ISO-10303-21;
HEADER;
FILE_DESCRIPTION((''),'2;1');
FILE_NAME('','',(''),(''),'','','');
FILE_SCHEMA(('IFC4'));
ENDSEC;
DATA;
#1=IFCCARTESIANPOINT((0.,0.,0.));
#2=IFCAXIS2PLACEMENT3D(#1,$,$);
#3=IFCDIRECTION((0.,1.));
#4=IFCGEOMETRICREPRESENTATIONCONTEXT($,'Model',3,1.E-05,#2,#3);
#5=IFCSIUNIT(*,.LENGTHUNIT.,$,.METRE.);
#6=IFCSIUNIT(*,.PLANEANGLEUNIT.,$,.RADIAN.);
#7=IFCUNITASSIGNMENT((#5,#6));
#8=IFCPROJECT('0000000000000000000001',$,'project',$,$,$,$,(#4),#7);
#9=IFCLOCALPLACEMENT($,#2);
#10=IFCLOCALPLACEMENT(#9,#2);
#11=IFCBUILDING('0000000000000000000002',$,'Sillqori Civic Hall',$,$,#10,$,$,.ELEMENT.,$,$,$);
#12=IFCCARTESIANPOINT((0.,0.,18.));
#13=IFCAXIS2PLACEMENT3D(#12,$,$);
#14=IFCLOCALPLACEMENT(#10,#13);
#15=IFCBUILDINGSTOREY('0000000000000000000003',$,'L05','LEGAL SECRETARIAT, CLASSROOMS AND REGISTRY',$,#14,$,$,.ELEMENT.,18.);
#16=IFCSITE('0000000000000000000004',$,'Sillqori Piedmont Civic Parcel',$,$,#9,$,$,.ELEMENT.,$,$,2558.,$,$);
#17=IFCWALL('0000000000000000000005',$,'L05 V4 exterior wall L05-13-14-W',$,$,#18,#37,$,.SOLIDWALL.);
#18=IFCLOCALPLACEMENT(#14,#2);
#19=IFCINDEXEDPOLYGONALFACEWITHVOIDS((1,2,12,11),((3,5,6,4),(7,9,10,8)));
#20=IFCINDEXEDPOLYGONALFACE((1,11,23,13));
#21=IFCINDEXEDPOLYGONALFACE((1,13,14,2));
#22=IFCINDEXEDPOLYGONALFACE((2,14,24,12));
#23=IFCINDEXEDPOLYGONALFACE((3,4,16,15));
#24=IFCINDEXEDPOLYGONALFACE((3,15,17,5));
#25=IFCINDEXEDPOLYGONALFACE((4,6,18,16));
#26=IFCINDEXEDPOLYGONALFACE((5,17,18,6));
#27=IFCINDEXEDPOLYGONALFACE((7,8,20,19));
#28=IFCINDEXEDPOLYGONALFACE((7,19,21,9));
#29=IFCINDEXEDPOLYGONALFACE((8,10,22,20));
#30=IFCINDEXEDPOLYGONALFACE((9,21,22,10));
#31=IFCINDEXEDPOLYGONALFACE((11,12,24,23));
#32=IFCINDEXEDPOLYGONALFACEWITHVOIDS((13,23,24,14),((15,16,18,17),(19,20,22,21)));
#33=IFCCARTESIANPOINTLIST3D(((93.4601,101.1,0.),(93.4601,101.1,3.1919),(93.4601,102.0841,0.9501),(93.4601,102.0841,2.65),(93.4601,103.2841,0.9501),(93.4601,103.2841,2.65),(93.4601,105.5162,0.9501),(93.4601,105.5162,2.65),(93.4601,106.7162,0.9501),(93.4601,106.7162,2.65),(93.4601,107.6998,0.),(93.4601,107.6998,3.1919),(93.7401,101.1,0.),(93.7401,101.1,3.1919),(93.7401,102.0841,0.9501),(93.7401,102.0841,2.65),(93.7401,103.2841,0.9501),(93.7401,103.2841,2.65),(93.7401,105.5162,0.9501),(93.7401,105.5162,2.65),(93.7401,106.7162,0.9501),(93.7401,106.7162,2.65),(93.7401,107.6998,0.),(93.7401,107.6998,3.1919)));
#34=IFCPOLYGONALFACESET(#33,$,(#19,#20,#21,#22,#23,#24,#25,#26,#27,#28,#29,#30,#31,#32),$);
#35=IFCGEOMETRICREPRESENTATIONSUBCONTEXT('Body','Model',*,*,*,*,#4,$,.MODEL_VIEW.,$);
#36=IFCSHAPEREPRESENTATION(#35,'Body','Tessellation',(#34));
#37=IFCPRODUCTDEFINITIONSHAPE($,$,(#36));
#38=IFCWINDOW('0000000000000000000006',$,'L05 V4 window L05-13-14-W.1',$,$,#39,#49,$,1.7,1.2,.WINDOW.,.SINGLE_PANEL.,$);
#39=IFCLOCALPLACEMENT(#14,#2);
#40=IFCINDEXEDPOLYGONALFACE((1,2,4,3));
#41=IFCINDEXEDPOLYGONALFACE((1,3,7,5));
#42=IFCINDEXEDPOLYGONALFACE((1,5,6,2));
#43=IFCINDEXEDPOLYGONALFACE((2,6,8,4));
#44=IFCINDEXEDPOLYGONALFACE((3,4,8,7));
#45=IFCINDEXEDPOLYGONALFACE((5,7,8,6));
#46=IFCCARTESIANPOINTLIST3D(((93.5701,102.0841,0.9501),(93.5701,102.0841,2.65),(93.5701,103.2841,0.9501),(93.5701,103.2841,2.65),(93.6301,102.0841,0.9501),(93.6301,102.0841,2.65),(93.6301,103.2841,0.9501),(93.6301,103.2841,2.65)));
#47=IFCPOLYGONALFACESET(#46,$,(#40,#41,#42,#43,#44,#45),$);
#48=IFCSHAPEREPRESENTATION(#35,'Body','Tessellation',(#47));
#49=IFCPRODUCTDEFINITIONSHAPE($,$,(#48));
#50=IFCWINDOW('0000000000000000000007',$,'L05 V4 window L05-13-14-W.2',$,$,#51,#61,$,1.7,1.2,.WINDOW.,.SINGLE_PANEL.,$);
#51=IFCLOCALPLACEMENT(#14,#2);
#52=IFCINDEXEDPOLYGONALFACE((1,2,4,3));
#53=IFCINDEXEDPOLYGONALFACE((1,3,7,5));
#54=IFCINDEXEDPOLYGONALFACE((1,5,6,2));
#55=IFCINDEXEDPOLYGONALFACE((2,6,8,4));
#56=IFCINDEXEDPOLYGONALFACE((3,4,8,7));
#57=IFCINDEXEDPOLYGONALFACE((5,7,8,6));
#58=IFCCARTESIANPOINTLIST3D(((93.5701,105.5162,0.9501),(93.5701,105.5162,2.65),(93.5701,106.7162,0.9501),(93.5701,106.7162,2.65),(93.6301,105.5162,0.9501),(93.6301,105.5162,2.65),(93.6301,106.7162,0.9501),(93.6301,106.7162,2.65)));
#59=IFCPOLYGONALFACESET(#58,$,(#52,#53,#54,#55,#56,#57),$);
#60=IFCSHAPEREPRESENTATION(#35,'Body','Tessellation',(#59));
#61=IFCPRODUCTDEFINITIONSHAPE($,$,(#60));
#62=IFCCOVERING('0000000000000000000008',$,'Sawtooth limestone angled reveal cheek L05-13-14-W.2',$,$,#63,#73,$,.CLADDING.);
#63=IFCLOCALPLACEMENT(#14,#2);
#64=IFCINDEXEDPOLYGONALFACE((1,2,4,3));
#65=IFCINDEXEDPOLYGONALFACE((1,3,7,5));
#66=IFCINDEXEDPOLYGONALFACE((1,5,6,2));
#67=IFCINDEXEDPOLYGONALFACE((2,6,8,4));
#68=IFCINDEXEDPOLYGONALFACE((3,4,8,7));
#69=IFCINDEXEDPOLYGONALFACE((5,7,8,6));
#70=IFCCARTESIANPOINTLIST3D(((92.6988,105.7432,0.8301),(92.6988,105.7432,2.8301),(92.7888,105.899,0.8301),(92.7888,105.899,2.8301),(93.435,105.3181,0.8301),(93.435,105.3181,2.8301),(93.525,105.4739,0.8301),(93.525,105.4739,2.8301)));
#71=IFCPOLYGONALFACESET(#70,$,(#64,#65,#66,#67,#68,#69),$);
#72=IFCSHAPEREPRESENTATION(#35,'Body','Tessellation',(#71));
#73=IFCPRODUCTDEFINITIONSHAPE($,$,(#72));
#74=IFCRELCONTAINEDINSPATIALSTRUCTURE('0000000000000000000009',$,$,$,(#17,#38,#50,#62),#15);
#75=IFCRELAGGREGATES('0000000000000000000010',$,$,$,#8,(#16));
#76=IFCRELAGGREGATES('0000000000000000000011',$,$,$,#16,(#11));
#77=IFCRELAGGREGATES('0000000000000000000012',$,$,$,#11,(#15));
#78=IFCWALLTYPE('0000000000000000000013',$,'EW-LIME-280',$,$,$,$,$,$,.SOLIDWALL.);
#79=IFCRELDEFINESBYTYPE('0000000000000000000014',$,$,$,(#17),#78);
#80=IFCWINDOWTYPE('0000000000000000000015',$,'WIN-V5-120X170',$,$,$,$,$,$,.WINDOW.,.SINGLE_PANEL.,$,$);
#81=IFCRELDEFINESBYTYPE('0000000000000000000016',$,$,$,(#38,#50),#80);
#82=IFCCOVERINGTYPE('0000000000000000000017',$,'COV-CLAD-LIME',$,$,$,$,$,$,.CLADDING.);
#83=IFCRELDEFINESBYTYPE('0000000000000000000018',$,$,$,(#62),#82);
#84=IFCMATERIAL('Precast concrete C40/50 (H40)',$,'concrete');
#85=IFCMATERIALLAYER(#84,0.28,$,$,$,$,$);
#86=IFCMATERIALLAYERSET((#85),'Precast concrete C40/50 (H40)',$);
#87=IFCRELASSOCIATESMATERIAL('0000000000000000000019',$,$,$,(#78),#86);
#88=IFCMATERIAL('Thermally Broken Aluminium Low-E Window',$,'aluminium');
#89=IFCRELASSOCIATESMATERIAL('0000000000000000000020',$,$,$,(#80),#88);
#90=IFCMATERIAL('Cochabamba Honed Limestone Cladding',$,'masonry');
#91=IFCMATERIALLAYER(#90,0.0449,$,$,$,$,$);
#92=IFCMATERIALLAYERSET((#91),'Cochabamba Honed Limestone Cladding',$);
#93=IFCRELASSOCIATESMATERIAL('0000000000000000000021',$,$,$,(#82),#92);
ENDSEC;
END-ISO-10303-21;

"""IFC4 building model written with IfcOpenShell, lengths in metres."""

from ifc_helpers import new_model, si_unit, direction, frame, frame_2d, origin, place, context, subcontext, project, spatial, rectangle, extrude, material, layer, layer_set, type_object, element, fill, save


model = new_model("IFC4")

# Units and contexts
model_context = context("Model", 3, precision=1e-05, world=origin(), true_north=direction((0.0, 1.0)))
body_context = subcontext(model_context, "Body", "Model", "MODEL_VIEW")
ifc_project = project(units=[si_unit("LENGTHUNIT", "METRE"), si_unit("PLANEANGLEUNIT", "RADIAN")], contexts=[model_context])

# Site, building, storey
site_placement = place(None, origin())
site = spatial("IfcSite", under=ifc_project, at=site_placement, Name="Sillqori Piedmont Civic Parcel", CompositionType="ELEMENT", RefElevation=2558.0)
building_placement = place(site_placement, origin())
building = spatial("IfcBuilding", under=site, at=building_placement, Name="Sillqori Civic Hall", CompositionType="ELEMENT")
storey_placement = place(building_placement, frame((0.0, 0.0, 18.0)))
storey = spatial("IfcBuildingStorey", under=building, at=storey_placement, Name="L05", Description="LEGAL SECRETARIAT, CLASSROOMS AND REGISTRY", CompositionType="ELEMENT", Elevation=18.0)

# Wall, openings, windows
ifc_material_1 = material(Name="Precast concrete C40/50 (H40)", Category="concrete")
ifc_layer_1 = layer(ifc_material_1, 0.28)
ifc_layer_set_1 = layer_set([ifc_layer_1], Name="Precast concrete C40/50 (H40)")
wall_type = type_object("IfcWallType", Name="EW-LIME-280", PredefinedType="SOLIDWALL", material=ifc_layer_set_1)
wall_placement = place(storey_placement, frame((93.6001, 101.1001, 0.0), z_axis=(0.0, 0.0, 1.0), x_axis=(0.0, 1.0, 0.0)))
wall = element("IfcWall", 1, at=wall_placement, inside=storey, type_object=wall_type, Name="L05 V4 exterior wall L05-13-14-W", PredefinedType="SOLIDWALL", context=body_context, shape_type="SweptSolid", body=[
    extrude(rectangle(XDim=6.5999, YDim=0.28, at=frame_2d((3.2998, 0.0))), origin(), (0.0, 0.0, 1.0), 3.1919),
])
opening_1_placement = place(wall_placement, frame((0.9839, 0.0, 0.95)))
opening_1 = element("IfcOpeningElement", 2, at=opening_1_placement, cuts=wall, PredefinedType="OPENING", context=body_context, shape_type="SweptSolid", body=[
    extrude(rectangle(XDim=1.2, YDim=1.7, at=frame_2d((0.6001, 0.8501))), frame((0.0, 0.1499, 0.0), z_axis=(0.0, -1.0, 0.0), x_axis=(1.0, 0.0, 0.0)), (0.0, 0.0, 1.0), 0.3),
])
opening_2_placement = place(wall_placement, frame((4.416, 0.0, 0.95)))
opening_2 = element("IfcOpeningElement", 3, at=opening_2_placement, cuts=wall, PredefinedType="OPENING", context=body_context, shape_type="SweptSolid", body=[
    extrude(rectangle(XDim=1.2, YDim=1.7, at=frame_2d((0.6001, 0.8501))), frame((0.0, 0.1499, 0.0), z_axis=(0.0, -1.0, 0.0), x_axis=(1.0, 0.0, 0.0)), (0.0, 0.0, 1.0), 0.3),
])
ifc_material_2 = material(Name="Thermally Broken Aluminium Low-E Window", Category="aluminium")
window_type = type_object("IfcWindowType", Name="WIN-V5-120X170", PartitioningType="SINGLE_PANEL", PredefinedType="WINDOW", material=ifc_material_2)
window_1_placement = place(opening_1_placement, origin())
window_1 = element("IfcWindow", 4, at=window_1_placement, inside=storey, type_object=window_type, Name="L05 V4 window L05-13-14-W.1", OverallHeight=1.7, OverallWidth=1.2, PartitioningType="SINGLE_PANEL", PredefinedType="WINDOW", context=body_context, shape_type="SweptSolid", body=[
    extrude(rectangle(XDim=1.2, YDim=1.7, at=frame_2d((0.6001, 0.8501))), frame((0.0, 0.03, 0.0), z_axis=(0.0, -1.0, 0.0), x_axis=(1.0, 0.0, 0.0)), (0.0, 0.0, 1.0), 0.0601),
])
fill(opening_1, window_1)
window_2_placement = place(opening_2_placement, origin())
window_2 = element("IfcWindow", 5, at=window_2_placement, inside=storey, type_object=window_type, Name="L05 V4 window L05-13-14-W.2", OverallHeight=1.7, OverallWidth=1.2, PartitioningType="SINGLE_PANEL", PredefinedType="WINDOW", context=body_context, shape_type="SweptSolid", body=[
    extrude(rectangle(XDim=1.2, YDim=1.7, at=frame_2d((0.6001, 0.8501))), frame((0.0, 0.03, 0.0), z_axis=(0.0, -1.0, 0.0), x_axis=(1.0, 0.0, 0.0)), (0.0, 0.0, 1.0), 0.0601),
])
fill(opening_2, window_2)

# Covering
ifc_material_3 = material(Name="Cochabamba Honed Limestone Cladding", Category="masonry")
ifc_layer_2 = layer(ifc_material_3, 0.0449)
ifc_layer_set_2 = layer_set([ifc_layer_2], Name="Cochabamba Honed Limestone Cladding")
covering_type = type_object("IfcCoveringType", Name="COV-CLAD-LIME", PredefinedType="CLADDING", material=ifc_layer_set_2)
covering_placement = place(storey_placement, frame((93.48, 105.396, 0.8301), z_axis=(0.0, 0.0, 1.0), x_axis=(-0.865989, 0.500062, 0.0)))
element("IfcCovering", 6, at=covering_placement, inside=storey, type_object=covering_type, Name="Sawtooth limestone angled reveal cheek L05-13-14-W.2", PredefinedType="CLADDING", context=body_context, shape_type="SweptSolid", body=[
    extrude(rectangle(XDim=0.8501, YDim=0.1799, at=frame_2d((0.425, 0.0))), origin(), (0.0, 0.0, 1.0), 2.0),
])

save(model, "model.ifc")
